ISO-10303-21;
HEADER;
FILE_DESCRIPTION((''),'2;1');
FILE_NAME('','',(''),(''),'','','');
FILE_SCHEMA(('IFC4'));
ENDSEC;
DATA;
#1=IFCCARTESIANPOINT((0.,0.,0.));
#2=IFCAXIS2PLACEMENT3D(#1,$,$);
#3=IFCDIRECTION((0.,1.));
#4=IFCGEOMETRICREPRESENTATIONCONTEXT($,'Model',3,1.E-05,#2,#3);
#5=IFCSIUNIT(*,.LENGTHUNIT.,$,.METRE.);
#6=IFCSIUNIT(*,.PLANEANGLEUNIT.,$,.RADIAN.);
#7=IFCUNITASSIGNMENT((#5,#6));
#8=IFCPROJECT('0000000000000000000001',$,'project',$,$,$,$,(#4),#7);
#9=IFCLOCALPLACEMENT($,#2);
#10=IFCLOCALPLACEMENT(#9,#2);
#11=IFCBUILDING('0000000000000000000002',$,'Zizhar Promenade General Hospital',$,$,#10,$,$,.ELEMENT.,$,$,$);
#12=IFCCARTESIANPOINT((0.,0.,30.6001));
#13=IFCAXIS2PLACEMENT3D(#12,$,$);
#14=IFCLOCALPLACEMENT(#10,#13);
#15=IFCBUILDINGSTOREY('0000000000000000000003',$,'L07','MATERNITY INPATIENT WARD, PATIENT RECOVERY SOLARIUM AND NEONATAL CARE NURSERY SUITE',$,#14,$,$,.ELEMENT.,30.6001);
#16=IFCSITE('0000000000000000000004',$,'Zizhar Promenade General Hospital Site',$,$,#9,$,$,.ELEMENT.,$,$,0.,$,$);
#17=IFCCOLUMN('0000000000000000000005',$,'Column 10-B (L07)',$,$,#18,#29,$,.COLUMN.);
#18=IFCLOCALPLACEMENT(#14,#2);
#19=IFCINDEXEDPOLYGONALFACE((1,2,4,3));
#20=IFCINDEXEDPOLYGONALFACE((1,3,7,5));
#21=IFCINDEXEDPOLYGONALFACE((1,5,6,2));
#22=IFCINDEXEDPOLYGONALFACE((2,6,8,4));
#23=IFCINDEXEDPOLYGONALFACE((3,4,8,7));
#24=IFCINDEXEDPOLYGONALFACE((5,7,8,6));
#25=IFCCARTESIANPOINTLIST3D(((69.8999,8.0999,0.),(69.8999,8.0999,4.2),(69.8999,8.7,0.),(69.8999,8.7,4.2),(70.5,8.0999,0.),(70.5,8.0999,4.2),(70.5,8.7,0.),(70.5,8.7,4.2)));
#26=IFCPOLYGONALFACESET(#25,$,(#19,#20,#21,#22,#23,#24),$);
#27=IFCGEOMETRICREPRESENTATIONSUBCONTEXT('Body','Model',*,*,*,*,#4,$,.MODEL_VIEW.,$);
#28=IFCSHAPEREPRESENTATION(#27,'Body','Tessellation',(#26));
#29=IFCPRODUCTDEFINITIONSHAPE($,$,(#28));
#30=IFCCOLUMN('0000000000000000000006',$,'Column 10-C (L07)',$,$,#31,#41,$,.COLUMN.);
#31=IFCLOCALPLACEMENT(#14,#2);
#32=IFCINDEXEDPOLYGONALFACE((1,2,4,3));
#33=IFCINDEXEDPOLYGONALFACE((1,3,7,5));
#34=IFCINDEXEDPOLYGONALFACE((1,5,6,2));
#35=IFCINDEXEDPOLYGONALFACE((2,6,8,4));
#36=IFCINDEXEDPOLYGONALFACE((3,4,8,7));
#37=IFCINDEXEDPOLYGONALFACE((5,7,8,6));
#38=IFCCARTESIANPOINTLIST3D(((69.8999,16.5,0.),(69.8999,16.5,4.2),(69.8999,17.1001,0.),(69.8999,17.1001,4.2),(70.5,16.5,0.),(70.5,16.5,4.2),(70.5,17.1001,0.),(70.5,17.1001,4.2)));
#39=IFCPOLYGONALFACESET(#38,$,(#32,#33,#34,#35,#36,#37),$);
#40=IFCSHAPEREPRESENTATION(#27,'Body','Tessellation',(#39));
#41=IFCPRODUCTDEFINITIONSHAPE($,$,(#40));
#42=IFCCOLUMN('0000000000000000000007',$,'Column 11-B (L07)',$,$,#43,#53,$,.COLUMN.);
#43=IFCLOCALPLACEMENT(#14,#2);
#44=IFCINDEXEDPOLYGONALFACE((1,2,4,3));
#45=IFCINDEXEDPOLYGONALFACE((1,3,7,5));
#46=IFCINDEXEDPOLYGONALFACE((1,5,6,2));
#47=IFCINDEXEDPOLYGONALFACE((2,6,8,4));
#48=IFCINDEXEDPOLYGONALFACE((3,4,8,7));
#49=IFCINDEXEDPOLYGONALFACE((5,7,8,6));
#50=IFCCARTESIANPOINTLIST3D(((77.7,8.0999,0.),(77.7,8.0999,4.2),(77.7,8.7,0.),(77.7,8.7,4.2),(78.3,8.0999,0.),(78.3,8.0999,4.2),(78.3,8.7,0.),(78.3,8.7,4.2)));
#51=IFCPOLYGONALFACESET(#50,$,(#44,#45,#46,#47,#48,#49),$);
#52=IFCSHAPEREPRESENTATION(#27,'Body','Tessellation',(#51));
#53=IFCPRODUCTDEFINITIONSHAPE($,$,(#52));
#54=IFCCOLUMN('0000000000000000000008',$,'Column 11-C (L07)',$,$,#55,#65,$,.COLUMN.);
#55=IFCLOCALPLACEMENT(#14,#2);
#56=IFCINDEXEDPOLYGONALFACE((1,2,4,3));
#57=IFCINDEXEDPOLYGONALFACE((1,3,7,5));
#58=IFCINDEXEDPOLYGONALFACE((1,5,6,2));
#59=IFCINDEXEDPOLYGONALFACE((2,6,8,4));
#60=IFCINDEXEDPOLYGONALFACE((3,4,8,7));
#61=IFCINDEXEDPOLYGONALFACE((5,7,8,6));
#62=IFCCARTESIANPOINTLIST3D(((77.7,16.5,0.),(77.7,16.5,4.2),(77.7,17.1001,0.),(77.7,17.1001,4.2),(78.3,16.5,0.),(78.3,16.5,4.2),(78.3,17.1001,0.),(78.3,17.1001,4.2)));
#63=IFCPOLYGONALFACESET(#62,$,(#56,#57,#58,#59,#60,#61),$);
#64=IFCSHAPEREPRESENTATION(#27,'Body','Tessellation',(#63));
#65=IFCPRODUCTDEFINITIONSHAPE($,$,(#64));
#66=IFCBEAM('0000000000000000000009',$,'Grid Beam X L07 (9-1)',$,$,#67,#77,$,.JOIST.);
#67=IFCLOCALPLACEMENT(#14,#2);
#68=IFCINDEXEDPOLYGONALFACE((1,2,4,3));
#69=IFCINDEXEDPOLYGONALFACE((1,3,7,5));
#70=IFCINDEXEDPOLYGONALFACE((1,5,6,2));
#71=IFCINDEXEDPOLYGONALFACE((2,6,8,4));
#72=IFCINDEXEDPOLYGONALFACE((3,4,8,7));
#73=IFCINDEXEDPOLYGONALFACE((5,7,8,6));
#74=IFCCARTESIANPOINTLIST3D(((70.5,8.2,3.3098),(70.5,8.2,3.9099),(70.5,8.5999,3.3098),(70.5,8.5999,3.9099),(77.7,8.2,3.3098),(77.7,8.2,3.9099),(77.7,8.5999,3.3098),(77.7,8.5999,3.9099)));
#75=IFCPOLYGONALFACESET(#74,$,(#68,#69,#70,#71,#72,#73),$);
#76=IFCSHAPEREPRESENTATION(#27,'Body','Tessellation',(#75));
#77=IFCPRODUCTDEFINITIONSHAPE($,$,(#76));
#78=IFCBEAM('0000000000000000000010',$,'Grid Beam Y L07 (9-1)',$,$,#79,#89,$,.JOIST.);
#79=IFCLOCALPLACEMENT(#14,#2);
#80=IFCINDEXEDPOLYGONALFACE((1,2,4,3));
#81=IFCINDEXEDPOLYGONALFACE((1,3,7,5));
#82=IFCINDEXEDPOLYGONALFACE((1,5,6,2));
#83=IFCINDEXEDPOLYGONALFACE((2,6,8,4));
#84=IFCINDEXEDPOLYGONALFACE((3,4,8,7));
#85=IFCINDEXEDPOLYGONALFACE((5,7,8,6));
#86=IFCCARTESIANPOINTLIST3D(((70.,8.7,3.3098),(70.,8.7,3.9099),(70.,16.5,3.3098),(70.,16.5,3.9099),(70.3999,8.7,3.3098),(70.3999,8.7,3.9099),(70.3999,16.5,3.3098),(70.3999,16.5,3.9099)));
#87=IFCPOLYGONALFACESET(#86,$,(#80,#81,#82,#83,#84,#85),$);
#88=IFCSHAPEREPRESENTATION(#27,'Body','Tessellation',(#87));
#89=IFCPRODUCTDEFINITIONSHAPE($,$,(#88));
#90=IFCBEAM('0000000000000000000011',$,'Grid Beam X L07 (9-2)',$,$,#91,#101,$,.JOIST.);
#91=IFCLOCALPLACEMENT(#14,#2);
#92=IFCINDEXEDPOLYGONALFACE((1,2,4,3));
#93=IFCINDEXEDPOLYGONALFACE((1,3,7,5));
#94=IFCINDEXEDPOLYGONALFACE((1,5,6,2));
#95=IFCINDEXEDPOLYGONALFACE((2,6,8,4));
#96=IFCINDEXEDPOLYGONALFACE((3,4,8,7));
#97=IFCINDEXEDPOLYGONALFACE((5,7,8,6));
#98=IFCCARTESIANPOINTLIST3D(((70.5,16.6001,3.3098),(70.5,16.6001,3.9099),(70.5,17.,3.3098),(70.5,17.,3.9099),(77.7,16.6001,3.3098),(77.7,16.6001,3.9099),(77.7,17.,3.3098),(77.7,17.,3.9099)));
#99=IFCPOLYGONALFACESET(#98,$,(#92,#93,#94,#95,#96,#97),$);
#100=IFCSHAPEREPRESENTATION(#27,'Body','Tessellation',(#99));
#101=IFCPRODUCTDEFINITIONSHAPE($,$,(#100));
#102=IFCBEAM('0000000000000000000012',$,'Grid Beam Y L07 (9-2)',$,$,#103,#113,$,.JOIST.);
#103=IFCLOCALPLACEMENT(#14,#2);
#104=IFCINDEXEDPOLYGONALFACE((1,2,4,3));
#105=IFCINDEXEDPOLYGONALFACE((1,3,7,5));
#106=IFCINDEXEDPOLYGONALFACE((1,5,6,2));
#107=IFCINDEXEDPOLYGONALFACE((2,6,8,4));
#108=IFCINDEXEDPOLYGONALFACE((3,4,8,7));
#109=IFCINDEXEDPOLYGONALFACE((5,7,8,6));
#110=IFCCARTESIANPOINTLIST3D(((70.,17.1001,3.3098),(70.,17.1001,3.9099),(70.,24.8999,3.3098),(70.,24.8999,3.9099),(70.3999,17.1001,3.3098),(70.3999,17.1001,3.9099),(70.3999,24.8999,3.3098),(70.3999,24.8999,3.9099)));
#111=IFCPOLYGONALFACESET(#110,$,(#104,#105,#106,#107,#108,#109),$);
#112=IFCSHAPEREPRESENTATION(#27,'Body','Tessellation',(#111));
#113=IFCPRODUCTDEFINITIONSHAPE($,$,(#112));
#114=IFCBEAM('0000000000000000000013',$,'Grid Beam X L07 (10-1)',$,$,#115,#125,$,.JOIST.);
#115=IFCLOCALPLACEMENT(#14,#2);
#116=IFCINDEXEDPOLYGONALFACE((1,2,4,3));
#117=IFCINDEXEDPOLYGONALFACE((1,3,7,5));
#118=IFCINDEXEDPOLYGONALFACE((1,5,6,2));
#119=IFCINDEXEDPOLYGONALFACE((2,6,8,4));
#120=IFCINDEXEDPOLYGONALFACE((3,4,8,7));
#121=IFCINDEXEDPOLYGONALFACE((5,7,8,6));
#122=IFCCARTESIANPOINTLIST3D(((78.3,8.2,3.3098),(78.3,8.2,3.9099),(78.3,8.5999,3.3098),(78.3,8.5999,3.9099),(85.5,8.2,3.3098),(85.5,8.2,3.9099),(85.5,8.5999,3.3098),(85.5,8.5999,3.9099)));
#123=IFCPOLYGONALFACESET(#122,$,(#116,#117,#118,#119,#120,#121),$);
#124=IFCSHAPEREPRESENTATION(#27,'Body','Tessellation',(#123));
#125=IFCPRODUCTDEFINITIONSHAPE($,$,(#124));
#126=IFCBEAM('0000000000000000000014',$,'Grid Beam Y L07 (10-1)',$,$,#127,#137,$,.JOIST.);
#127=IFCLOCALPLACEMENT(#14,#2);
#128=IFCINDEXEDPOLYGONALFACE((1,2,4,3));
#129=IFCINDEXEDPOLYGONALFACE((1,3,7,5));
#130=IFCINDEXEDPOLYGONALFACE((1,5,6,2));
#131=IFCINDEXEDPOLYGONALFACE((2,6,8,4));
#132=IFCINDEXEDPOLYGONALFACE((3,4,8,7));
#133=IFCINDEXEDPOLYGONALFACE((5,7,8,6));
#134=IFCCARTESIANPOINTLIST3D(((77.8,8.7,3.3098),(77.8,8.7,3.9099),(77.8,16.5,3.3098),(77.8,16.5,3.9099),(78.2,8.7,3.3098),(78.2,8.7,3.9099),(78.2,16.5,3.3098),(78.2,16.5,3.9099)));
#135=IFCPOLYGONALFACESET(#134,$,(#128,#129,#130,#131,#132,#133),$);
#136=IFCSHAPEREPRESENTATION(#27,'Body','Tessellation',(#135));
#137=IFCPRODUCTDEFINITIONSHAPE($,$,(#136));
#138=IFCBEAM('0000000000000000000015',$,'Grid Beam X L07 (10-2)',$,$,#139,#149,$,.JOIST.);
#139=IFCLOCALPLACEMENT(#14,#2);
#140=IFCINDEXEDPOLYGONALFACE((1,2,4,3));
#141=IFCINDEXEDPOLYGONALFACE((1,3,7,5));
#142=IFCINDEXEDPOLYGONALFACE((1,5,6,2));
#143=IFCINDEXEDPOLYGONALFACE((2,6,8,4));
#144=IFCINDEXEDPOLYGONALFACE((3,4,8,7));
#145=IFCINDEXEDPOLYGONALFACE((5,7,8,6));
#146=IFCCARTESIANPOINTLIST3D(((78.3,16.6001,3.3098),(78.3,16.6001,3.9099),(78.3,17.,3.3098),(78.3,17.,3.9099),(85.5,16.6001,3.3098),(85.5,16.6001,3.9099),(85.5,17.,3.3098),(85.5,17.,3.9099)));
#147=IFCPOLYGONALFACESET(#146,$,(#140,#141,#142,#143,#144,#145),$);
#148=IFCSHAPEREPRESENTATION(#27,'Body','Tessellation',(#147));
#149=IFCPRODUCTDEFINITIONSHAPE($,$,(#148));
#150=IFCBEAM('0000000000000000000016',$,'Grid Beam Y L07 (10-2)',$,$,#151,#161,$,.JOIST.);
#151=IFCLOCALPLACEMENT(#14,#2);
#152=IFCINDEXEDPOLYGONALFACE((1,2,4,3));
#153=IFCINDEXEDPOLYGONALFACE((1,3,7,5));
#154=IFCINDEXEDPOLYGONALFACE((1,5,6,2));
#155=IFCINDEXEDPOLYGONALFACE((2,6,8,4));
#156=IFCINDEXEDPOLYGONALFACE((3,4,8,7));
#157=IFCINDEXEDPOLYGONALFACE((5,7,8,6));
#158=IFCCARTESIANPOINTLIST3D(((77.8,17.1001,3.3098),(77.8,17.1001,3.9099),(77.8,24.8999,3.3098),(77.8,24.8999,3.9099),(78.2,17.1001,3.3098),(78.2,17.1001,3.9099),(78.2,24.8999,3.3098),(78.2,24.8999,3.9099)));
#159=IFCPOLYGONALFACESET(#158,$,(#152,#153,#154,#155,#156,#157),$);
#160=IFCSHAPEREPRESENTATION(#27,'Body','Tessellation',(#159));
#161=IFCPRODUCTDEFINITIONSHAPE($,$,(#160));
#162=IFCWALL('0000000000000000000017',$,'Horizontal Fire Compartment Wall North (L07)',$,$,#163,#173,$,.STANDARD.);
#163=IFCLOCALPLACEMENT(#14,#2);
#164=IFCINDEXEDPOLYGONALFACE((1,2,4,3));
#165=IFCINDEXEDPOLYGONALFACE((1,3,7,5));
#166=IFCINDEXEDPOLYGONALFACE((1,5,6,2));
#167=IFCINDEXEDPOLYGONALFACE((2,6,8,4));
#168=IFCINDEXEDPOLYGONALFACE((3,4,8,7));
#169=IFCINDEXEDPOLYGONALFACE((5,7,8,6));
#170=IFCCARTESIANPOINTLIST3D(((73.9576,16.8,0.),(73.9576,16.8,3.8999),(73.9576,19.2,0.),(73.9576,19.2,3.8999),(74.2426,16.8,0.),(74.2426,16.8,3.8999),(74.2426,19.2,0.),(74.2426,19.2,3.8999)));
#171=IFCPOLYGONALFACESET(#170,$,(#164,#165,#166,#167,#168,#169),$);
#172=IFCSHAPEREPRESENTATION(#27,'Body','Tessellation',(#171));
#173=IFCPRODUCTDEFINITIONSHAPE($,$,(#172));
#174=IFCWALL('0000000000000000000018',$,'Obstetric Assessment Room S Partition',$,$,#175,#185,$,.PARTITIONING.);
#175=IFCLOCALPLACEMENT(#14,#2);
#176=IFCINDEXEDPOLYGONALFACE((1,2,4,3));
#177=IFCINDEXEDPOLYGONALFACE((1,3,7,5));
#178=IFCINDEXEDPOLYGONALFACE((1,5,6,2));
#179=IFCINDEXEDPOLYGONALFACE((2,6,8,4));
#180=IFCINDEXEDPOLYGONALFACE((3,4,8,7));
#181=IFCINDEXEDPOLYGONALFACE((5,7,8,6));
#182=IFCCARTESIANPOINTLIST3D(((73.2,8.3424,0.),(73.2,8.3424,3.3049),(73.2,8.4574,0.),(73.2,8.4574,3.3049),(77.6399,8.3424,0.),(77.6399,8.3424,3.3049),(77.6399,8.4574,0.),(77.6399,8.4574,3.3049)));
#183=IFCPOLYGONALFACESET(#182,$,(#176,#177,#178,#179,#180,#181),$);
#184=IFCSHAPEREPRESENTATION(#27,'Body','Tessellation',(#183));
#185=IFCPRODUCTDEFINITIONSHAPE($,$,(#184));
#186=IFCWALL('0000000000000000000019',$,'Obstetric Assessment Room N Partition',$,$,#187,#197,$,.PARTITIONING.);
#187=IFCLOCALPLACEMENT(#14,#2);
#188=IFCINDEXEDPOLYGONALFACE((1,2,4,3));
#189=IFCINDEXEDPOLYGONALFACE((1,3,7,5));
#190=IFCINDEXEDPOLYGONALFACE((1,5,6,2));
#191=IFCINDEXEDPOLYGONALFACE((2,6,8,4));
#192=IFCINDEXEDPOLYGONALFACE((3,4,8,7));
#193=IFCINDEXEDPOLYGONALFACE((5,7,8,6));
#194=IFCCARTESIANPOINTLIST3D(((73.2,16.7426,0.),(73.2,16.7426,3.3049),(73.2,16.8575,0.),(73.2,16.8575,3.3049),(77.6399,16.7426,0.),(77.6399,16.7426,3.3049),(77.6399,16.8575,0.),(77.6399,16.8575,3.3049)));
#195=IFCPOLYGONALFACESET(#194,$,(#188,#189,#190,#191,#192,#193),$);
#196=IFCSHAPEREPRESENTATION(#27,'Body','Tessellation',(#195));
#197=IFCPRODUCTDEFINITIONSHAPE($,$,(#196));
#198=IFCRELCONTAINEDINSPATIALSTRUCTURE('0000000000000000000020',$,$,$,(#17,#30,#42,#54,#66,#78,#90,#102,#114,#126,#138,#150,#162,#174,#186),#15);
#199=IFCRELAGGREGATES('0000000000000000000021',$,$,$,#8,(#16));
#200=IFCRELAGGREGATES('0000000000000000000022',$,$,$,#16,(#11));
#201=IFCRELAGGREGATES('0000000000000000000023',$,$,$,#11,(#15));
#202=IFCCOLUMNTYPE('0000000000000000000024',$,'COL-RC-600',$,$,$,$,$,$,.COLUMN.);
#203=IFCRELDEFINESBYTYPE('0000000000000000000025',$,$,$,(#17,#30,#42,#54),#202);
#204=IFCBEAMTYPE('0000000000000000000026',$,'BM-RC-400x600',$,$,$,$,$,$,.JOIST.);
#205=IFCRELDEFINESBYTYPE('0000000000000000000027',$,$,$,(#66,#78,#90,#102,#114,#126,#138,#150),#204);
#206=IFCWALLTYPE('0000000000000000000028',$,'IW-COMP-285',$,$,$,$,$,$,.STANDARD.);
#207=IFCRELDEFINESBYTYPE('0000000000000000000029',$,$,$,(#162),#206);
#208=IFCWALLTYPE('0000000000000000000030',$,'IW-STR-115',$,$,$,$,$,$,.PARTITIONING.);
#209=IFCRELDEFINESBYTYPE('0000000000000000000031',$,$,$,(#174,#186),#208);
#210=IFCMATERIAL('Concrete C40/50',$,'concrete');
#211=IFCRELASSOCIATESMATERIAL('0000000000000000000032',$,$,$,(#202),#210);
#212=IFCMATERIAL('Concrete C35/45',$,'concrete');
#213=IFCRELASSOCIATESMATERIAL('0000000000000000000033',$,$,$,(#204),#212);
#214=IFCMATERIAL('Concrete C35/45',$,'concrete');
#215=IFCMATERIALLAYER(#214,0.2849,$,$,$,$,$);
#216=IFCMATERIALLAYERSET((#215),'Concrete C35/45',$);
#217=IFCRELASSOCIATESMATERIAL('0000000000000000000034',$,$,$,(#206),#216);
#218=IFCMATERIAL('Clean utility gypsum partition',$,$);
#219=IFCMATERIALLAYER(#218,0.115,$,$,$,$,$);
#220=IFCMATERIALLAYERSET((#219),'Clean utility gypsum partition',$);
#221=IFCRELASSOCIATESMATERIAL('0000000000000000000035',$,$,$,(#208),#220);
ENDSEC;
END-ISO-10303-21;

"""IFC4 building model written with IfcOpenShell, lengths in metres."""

from ifc_helpers import new_model, si_unit, direction, frame, frame_2d, origin, origin_2d, place, context, subcontext, project, spatial, rectangle, extrude, material, layer, layer_set, material_profile, profile_set, type_object, element, save


model = new_model("IFC4")

# Units and contexts
model_context = context("Model", 3, precision=1e-05, world=origin(), true_north=direction((0.0, 1.0)))
body_context = subcontext(model_context, "Body", "Model", "MODEL_VIEW")
ifc_project = project(units=[si_unit("LENGTHUNIT", "METRE"), si_unit("PLANEANGLEUNIT", "RADIAN")], contexts=[model_context])

# Site, building, storey
site_placement = place(None, origin())
site = spatial("IfcSite", under=ifc_project, at=site_placement, Name="Zizhar Promenade General Hospital Site", CompositionType="ELEMENT", RefElevation=0.0)
building_placement = place(site_placement, origin())
building = spatial("IfcBuilding", under=site, at=building_placement, Name="Zizhar Promenade General Hospital", CompositionType="ELEMENT")
storey_placement = place(building_placement, frame((0.0, 0.0, 30.6001)))
storey = spatial("IfcBuildingStorey", under=building, at=storey_placement, Name="L07", Description="MATERNITY INPATIENT WARD, PATIENT RECOVERY SOLARIUM AND NEONATAL CARE NURSERY SUITE", CompositionType="ELEMENT", Elevation=30.6001)

# Columns
ifc_material_1 = material(Name="Concrete C40/50", Category="concrete")
ifc_material_profile_1 = material_profile(ifc_material_1, rectangle(XDim=0.6001, YDim=0.6001, at=origin_2d()))
ifc_profile_set_1 = profile_set([ifc_material_profile_1], Name="Concrete C40/50")
column_type = type_object("IfcColumnType", Name="COL-RC-600", PredefinedType="COLUMN", material=ifc_profile_set_1)
for number, where, z_axis, x_axis, name in (
    (1, (70.2, 8.3999, 0.0), (0.0, 0.0, 1.0), (1.0, 0.0, 0.0), "Column 10-B (L07)"),
    (2, (70.2, 16.8, 0.0), (0.0, 0.0, 1.0), (1.0, 0.0, 0.0), "Column 10-C (L07)"),
    (3, (78.0, 8.3999, 0.0), (0.0, 0.0, 1.0), (1.0, 0.0, 0.0), "Column 11-B (L07)"),
    (4, (78.0, 16.8, 0.0), (0.0, 0.0, 1.0), (1.0, 0.0, 0.0), "Column 11-C (L07)"),
):
    element("IfcColumn", number, at=place(storey_placement, frame(where, z_axis=z_axis, x_axis=x_axis)), inside=storey, type_object=column_type, Name=name, PredefinedType="COLUMN", context=body_context, shape_type="SweptSolid", body=[
        extrude(rectangle(XDim=0.6001, YDim=0.6001, at=origin_2d()), origin(), (0.0, 0.0, 1.0), 4.2),
    ])

# Beams
ifc_material_2 = material(Name="Concrete C35/45", Category="concrete")
ifc_material_profile_2 = material_profile(ifc_material_2, rectangle(XDim=0.3999, YDim=0.6001, at=origin_2d()))
ifc_profile_set_2 = profile_set([ifc_material_profile_2], Name="Concrete C35/45")
beam_type = type_object("IfcBeamType", Name="BM-RC-400x600", PredefinedType="JOIST", material=ifc_profile_set_2)
beam_1_placement = place(storey_placement, frame((70.5, 8.3999, 3.6099), z_axis=(1.0, 0.0, 0.0), x_axis=(0.0, 1.0, 0.0)))
element("IfcBeam", 5, at=beam_1_placement, inside=storey, type_object=beam_type, Name="Grid Beam X L07 (9-1)", PredefinedType="JOIST", context=body_context, shape_type="SweptSolid", body=[
    extrude(rectangle(XDim=0.3999, YDim=0.6001, at=origin_2d()), origin(), (0.0, 0.0, 1.0), 7.2),
])
beam_2_placement = place(storey_placement, frame((70.2, 8.7, 3.6099), z_axis=(0.0, 1.0, 0.0), x_axis=(-1.0, 0.0, 0.0)))
element("IfcBeam", 6, at=beam_2_placement, inside=storey, type_object=beam_type, Name="Grid Beam Y L07 (9-1)", PredefinedType="JOIST", context=body_context, shape_type="SweptSolid", body=[
    extrude(rectangle(XDim=0.3999, YDim=0.6001, at=origin_2d()), origin(), (0.0, 0.0, 1.0), 7.8),
])
beam_3_placement = place(storey_placement, frame((70.5, 16.8, 3.6099), z_axis=(1.0, 0.0, 0.0), x_axis=(0.0, 1.0, 0.0)))
element("IfcBeam", 7, at=beam_3_placement, inside=storey, type_object=beam_type, Name="Grid Beam X L07 (9-2)", PredefinedType="JOIST", context=body_context, shape_type="SweptSolid", body=[
    extrude(rectangle(XDim=0.3999, YDim=0.6001, at=origin_2d()), origin(), (0.0, 0.0, 1.0), 7.2),
])
beam_4_placement = place(storey_placement, frame((70.2, 17.1001, 3.6099), z_axis=(0.0, 1.0, 0.0), x_axis=(-1.0, 0.0, 0.0)))
element("IfcBeam", 8, at=beam_4_placement, inside=storey, type_object=beam_type, Name="Grid Beam Y L07 (9-2)", PredefinedType="JOIST", context=body_context, shape_type="SweptSolid", body=[
    extrude(rectangle(XDim=0.3999, YDim=0.6001, at=origin_2d()), origin(), (0.0, 0.0, 1.0), 7.7998),
])
beam_5_placement = place(storey_placement, frame((78.3, 8.3999, 3.6099), z_axis=(1.0, 0.0, 0.0), x_axis=(0.0, 1.0, 0.0)))
element("IfcBeam", 9, at=beam_5_placement, inside=storey, type_object=beam_type, Name="Grid Beam X L07 (10-1)", PredefinedType="JOIST", context=body_context, shape_type="SweptSolid", body=[
    extrude(rectangle(XDim=0.3999, YDim=0.6001, at=origin_2d()), origin(), (0.0, 0.0, 1.0), 7.2),
])
beam_6_placement = place(storey_placement, frame((78.0, 8.7, 3.6099), z_axis=(0.0, 1.0, 0.0), x_axis=(-1.0, 0.0, 0.0)))
element("IfcBeam", 10, at=beam_6_placement, inside=storey, type_object=beam_type, Name="Grid Beam Y L07 (10-1)", PredefinedType="JOIST", context=body_context, shape_type="SweptSolid", body=[
    extrude(rectangle(XDim=0.3999, YDim=0.6001, at=origin_2d()), origin(), (0.0, 0.0, 1.0), 7.8),
])
beam_7_placement = place(storey_placement, frame((78.3, 16.8, 3.6099), z_axis=(1.0, 0.0, 0.0), x_axis=(0.0, 1.0, 0.0)))
element("IfcBeam", 11, at=beam_7_placement, inside=storey, type_object=beam_type, Name="Grid Beam X L07 (10-2)", PredefinedType="JOIST", context=body_context, shape_type="SweptSolid", body=[
    extrude(rectangle(XDim=0.3999, YDim=0.6001, at=origin_2d()), origin(), (0.0, 0.0, 1.0), 7.2),
])
beam_8_placement = place(storey_placement, frame((78.0, 17.1001, 3.6099), z_axis=(0.0, 1.0, 0.0), x_axis=(-1.0, 0.0, 0.0)))
element("IfcBeam", 12, at=beam_8_placement, inside=storey, type_object=beam_type, Name="Grid Beam Y L07 (10-2)", PredefinedType="JOIST", context=body_context, shape_type="SweptSolid", body=[
    extrude(rectangle(XDim=0.3999, YDim=0.6001, at=origin_2d()), origin(), (0.0, 0.0, 1.0), 7.7998),
])

# Walls
ifc_material_3 = material(Name="Concrete C35/45", Category="concrete")
ifc_layer_1 = layer(ifc_material_3, 0.2849)
ifc_layer_set_1 = layer_set([ifc_layer_1], Name="Concrete C35/45")
wall_type_1 = type_object("IfcWallType", Name="IW-COMP-285", PredefinedType="STANDARD", material=ifc_layer_set_1)
wall_1_placement = place(storey_placement, frame((74.1001, 16.8, 0.0), z_axis=(0.0, 0.0, 1.0), x_axis=(0.0, 1.0, 0.0)))
element("IfcWall", 13, at=wall_1_placement, inside=storey, type_object=wall_type_1, Name="Horizontal Fire Compartment Wall North (L07)", PredefinedType="STANDARD", context=body_context, shape_type="SweptSolid", body=[
    extrude(rectangle(XDim=2.3999, YDim=0.2849, at=frame_2d((1.2, 0.0))), origin(), (0.0, 0.0, 1.0), 3.8999),
])
ifc_material_4 = material(Name="Clean utility gypsum partition")
ifc_layer_2 = layer(ifc_material_4, 0.115)
ifc_layer_set_2 = layer_set([ifc_layer_2], Name="Clean utility gypsum partition")
wall_type_2 = type_object("IfcWallType", Name="IW-STR-115", PredefinedType="PARTITIONING", material=ifc_layer_set_2)
for number, where, z_axis, x_axis, name in (
    (14, (73.2, 8.3999, 0.0), (0.0, 0.0, 1.0), (1.0, 0.0, 0.0), "Obstetric Assessment Room S Partition"),
    (15, (73.2, 16.8, 0.0), (0.0, 0.0, 1.0), (1.0, 0.0, 0.0), "Obstetric Assessment Room N Partition"),
):
    element("IfcWall", number, at=place(storey_placement, frame(where, z_axis=z_axis, x_axis=x_axis)), inside=storey, type_object=wall_type_2, Name=name, PredefinedType="PARTITIONING", context=body_context, shape_type="SweptSolid", body=[
        extrude(rectangle(XDim=4.4399, YDim=0.115, at=frame_2d((2.22, 0.0))), origin(), (0.0, 0.0, 1.0), 3.3049),
    ])

save(model, "model.ifc")
